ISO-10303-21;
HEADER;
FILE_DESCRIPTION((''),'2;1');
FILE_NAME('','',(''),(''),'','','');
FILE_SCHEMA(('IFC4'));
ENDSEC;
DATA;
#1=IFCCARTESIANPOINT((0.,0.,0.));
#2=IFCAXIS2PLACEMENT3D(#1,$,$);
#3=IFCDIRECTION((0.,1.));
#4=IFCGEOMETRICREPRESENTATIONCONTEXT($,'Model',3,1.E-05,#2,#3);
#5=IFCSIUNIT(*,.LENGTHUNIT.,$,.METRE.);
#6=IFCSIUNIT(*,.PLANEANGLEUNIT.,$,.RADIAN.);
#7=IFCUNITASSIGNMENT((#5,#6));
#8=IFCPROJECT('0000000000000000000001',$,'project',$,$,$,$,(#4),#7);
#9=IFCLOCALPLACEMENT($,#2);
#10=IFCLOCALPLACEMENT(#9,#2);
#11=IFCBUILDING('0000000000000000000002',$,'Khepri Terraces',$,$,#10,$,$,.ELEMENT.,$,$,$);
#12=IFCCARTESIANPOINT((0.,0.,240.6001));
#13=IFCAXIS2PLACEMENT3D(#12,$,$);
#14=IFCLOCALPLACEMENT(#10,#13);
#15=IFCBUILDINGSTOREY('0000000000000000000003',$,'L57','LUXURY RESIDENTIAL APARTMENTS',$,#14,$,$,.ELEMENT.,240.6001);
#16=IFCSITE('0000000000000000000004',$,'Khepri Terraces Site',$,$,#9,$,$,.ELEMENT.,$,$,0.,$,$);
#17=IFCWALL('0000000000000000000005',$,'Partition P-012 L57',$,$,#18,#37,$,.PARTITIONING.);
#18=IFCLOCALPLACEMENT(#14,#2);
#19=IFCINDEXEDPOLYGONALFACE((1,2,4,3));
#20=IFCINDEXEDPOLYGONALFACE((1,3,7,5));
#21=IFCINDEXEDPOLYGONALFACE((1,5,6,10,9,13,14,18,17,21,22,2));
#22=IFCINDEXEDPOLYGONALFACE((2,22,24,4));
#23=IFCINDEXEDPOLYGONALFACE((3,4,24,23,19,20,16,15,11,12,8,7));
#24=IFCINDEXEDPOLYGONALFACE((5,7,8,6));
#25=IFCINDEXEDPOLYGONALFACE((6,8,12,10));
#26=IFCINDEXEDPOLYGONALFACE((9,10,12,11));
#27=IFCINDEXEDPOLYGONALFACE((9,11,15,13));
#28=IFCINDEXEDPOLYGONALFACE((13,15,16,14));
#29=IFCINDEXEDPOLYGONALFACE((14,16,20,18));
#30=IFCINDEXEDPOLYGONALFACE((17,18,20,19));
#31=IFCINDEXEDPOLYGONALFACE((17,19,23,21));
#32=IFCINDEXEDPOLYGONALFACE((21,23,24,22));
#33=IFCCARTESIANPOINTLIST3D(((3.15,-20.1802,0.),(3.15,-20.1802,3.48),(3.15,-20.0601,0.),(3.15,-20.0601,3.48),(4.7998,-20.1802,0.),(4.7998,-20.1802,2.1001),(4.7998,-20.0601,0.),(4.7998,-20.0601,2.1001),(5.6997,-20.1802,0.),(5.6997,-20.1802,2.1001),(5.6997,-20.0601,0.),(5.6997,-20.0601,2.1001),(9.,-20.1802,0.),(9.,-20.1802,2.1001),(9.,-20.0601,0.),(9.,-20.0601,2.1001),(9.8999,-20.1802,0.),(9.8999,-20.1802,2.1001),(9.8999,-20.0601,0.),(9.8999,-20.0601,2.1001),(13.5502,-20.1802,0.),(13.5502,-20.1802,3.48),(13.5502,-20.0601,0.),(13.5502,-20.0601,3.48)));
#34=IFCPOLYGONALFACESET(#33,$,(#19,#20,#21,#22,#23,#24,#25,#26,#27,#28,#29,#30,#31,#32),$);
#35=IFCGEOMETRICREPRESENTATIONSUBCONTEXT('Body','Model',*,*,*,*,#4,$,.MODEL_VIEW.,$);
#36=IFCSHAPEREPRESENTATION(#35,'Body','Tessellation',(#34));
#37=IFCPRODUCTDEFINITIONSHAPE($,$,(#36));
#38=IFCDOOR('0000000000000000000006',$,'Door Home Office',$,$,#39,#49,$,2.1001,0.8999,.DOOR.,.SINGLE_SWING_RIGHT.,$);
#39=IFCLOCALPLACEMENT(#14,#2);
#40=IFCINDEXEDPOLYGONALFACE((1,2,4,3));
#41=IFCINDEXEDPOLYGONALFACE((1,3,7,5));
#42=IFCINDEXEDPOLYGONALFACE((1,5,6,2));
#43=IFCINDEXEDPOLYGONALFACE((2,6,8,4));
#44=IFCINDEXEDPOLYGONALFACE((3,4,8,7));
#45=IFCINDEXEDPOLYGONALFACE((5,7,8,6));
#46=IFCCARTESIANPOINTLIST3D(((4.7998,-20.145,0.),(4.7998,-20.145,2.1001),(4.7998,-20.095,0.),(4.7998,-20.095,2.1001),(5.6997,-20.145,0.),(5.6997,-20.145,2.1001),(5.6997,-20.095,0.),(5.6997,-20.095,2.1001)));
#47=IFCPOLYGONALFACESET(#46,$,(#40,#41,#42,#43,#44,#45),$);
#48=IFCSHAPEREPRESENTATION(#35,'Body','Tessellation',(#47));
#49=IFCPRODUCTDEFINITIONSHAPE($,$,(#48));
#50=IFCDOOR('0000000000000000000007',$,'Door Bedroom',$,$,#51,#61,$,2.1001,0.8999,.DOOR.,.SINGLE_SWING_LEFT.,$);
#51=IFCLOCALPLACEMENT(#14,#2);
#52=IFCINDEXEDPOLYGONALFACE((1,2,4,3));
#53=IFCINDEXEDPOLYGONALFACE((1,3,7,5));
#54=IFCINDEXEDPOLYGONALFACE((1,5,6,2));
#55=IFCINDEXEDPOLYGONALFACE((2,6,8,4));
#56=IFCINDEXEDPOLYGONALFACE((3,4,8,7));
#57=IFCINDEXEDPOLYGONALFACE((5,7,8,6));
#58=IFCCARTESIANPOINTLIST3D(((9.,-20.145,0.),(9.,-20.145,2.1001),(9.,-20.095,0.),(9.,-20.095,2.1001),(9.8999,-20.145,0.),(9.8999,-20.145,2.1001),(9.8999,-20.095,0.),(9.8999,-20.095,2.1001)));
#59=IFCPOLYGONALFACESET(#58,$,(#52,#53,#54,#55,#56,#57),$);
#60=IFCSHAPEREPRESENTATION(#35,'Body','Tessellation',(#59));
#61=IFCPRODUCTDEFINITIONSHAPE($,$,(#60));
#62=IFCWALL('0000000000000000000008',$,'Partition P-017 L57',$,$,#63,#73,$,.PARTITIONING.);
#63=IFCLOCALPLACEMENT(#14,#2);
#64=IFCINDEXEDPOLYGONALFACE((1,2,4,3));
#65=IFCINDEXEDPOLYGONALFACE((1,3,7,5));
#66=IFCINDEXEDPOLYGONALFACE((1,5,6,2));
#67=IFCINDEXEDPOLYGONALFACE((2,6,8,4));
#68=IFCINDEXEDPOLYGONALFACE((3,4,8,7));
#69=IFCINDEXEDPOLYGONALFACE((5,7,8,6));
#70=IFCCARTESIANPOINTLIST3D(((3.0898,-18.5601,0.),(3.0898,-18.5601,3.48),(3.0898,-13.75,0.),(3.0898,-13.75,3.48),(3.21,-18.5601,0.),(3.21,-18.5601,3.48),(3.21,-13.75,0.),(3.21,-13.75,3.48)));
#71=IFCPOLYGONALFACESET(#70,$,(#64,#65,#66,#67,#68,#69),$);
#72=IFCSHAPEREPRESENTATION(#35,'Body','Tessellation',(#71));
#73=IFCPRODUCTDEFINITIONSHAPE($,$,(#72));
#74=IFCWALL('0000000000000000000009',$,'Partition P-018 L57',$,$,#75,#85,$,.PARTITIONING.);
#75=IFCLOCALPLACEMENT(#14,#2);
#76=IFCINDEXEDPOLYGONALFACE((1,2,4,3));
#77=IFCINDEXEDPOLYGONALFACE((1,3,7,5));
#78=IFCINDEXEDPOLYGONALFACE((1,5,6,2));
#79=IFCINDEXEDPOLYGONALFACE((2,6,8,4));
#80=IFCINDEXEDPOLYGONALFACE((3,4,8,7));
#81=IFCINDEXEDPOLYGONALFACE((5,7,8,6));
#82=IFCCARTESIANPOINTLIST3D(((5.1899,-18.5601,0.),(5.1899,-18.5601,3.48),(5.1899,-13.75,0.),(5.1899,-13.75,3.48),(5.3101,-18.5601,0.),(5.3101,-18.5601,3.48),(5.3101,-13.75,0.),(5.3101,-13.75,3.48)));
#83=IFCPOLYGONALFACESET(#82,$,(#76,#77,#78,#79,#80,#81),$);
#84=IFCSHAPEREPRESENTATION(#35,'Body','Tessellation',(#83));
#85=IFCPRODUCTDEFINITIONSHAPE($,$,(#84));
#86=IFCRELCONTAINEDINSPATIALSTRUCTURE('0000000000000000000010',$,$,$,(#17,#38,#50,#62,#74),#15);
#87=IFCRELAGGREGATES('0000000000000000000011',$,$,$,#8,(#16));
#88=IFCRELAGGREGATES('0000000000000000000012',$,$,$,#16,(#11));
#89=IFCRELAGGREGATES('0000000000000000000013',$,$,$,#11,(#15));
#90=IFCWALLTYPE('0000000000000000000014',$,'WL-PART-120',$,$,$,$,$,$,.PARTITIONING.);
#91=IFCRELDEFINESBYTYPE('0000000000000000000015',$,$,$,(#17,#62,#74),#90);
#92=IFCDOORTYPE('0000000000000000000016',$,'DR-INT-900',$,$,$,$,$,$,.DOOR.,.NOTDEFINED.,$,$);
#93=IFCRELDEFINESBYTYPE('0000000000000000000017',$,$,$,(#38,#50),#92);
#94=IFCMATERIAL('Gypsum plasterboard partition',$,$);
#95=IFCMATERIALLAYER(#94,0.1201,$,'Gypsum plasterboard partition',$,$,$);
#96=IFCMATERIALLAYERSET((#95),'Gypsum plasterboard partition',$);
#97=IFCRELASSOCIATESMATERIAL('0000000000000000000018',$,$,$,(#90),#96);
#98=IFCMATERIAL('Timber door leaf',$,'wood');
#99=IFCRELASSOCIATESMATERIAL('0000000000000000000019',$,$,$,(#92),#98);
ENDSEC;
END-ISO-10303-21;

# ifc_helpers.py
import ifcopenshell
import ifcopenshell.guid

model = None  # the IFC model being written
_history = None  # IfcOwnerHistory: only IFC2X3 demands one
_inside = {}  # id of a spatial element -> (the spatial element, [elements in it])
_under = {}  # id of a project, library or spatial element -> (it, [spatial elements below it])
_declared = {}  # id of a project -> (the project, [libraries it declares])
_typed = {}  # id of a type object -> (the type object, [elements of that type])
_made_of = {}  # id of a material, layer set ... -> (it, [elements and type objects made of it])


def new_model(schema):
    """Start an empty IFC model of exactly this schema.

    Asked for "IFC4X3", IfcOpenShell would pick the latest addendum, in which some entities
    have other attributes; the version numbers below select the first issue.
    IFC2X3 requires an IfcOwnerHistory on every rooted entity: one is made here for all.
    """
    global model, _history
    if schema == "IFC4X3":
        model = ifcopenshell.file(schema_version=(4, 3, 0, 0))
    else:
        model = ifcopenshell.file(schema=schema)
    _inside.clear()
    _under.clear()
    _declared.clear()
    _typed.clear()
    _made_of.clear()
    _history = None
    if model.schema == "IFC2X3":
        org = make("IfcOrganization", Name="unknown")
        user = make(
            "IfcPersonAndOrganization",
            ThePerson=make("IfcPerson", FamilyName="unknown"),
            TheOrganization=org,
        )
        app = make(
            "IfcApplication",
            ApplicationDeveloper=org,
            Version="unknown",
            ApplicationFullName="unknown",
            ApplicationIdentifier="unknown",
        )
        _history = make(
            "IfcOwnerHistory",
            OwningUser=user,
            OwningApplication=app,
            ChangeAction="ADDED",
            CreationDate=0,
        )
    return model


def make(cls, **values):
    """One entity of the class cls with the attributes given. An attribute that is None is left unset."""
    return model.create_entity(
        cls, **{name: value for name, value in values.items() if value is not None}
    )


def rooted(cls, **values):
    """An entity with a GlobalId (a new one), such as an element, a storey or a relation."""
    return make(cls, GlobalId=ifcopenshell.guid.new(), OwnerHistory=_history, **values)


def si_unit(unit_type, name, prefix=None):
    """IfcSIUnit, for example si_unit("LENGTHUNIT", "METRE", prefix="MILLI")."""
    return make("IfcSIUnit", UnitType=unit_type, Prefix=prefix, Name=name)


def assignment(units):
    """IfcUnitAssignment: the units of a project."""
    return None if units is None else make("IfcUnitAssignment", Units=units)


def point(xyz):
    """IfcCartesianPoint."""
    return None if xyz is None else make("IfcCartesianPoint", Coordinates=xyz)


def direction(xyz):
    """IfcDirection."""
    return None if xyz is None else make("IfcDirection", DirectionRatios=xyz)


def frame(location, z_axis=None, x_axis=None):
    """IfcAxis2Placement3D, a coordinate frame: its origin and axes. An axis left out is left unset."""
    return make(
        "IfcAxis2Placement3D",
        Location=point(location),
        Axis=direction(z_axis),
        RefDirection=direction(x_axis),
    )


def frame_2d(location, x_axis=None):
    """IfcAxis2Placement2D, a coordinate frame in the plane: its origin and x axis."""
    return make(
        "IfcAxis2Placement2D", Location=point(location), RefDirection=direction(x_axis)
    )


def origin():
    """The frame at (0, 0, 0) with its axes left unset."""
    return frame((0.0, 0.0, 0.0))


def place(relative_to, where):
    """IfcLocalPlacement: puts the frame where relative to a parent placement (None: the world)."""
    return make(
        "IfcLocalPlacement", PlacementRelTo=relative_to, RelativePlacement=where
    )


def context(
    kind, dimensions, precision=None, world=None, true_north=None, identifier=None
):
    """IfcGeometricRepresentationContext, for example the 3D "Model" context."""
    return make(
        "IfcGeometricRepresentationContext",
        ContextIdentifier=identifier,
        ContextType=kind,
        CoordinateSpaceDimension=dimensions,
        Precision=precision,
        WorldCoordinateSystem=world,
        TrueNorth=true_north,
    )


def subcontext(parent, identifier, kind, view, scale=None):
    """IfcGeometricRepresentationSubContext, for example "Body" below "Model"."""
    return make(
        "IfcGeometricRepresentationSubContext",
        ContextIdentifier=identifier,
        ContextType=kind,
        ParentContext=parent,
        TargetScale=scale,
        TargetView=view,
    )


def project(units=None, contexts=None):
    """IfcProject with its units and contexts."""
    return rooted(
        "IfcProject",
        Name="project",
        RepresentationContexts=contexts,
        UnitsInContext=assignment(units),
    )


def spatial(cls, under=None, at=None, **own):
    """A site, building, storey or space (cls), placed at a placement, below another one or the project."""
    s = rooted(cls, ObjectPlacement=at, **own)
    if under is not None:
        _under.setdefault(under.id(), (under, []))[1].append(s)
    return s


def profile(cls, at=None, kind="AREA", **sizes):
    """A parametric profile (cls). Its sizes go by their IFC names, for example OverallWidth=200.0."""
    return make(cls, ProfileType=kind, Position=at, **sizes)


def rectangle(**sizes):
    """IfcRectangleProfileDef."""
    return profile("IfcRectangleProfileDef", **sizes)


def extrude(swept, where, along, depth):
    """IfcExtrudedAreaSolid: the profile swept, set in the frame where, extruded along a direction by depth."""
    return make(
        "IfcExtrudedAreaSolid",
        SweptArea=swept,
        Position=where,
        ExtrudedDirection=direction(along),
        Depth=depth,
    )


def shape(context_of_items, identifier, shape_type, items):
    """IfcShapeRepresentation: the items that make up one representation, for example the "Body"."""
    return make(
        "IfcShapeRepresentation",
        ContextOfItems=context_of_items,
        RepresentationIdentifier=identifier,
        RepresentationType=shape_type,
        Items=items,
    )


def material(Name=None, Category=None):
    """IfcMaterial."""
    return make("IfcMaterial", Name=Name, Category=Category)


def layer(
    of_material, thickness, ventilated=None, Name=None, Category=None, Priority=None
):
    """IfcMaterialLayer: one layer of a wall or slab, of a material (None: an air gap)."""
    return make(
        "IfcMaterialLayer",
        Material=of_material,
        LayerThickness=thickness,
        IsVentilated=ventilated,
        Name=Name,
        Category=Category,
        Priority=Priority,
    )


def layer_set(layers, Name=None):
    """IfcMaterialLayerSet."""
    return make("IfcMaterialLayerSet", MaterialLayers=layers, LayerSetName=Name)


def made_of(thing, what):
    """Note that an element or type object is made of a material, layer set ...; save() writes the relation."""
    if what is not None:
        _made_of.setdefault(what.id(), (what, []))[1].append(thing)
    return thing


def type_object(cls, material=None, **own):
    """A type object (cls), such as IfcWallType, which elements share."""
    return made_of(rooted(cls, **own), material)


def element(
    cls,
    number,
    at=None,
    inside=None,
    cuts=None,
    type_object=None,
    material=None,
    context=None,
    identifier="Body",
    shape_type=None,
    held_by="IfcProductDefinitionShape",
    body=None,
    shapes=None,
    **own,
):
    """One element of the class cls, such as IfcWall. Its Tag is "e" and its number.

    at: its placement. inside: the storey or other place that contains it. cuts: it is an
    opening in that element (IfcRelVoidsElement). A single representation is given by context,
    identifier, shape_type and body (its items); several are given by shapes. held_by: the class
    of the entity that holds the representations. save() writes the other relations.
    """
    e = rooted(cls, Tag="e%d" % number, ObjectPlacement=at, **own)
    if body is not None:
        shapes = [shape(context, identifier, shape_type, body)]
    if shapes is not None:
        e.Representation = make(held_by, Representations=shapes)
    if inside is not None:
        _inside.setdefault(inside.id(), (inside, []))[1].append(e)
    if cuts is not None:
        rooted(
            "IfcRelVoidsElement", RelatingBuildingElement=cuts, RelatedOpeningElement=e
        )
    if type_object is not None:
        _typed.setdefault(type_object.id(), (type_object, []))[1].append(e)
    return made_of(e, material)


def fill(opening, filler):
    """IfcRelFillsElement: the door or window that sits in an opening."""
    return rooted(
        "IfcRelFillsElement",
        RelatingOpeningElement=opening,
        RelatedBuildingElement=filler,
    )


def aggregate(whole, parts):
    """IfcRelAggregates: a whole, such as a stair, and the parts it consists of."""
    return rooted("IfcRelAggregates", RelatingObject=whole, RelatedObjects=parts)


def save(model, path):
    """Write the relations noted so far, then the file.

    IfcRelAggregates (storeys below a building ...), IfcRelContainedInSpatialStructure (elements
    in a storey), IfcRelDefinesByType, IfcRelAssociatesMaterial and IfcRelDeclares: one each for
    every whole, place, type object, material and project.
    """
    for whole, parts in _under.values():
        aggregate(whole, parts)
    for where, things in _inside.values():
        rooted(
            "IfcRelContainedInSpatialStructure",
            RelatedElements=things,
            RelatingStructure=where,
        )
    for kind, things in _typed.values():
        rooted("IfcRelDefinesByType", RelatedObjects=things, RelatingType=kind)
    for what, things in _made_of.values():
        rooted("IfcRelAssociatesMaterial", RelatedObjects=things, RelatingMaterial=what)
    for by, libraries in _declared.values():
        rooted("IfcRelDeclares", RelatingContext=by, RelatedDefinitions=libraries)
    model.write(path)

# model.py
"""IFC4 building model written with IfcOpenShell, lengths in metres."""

from ifc_helpers import new_model, si_unit, direction, frame, frame_2d, origin, place, context, subcontext, project, spatial, rectangle, extrude, material, layer, layer_set, type_object, element, fill, save


model = new_model("IFC4")

# Units and contexts
model_context = context("Model", 3, precision=1e-05, world=origin(), true_north=direction((0.0, 1.0)))
body_context = subcontext(model_context, "Body", "Model", "MODEL_VIEW")
ifc_project = project(units=[si_unit("LENGTHUNIT", "METRE"), si_unit("PLANEANGLEUNIT", "RADIAN")], contexts=[model_context])

# Site, building, storey
site_placement = place(None, origin())
site = spatial("IfcSite", under=ifc_project, at=site_placement, Name="Khepri Terraces Site", CompositionType="ELEMENT", RefElevation=0.0)
building_placement = place(site_placement, origin())
building = spatial("IfcBuilding", under=site, at=building_placement, Name="Khepri Terraces", CompositionType="ELEMENT")
storey_placement = place(building_placement, frame((0.0, 0.0, 240.6001)))
storey = spatial("IfcBuildingStorey", under=building, at=storey_placement, Name="L57", Description="LUXURY RESIDENTIAL APARTMENTS", CompositionType="ELEMENT", Elevation=240.6001)

# Shared definitions
ifc_material_1 = material(Name="Gypsum plasterboard partition")
ifc_layer_1 = layer(ifc_material_1, 0.1201, Name="Gypsum plasterboard partition")
ifc_layer_set_1 = layer_set([ifc_layer_1], Name="Gypsum plasterboard partition")
wall_type_1 = type_object("IfcWallType", Name="WL-PART-120", PredefinedType="PARTITIONING", material=ifc_layer_set_1)

# Wall, openings, doors
wall_1_placement = place(storey_placement, frame((3.1499, -20.1201, 0.0), z_axis=(0.0, 0.0, 1.0), x_axis=(1.0, 0.0, 0.0)))
wall_1 = element("IfcWall", 1, at=wall_1_placement, inside=storey, type_object=wall_type_1, Name="Partition P-012 L57", PredefinedType="PARTITIONING", context=body_context, shape_type="SweptSolid", body=[
    extrude(rectangle(XDim=10.4001, YDim=0.1201, at=frame_2d((5.2002, 0.0))), origin(), (0.0, 0.0, 1.0), 3.48),
])
opening_1_placement = place(wall_1_placement, frame((1.6499, 0.0, 0.0)))
opening_1 = element("IfcOpeningElement", 2, at=opening_1_placement, cuts=wall_1, PredefinedType="OPENING", context=body_context, shape_type="SweptSolid", body=[
    extrude(rectangle(XDim=0.8999, YDim=2.1001, at=frame_2d((0.45, 1.05))), frame((0.0, 0.0701, 0.0), z_axis=(0.0, -1.0, 0.0), x_axis=(1.0, 0.0, 0.0)), (0.0, 0.0, 1.0), 0.1401),
])
opening_2_placement = place(wall_1_placement, frame((5.8501, 0.0, 0.0)))
opening_2 = element("IfcOpeningElement", 3, at=opening_2_placement, cuts=wall_1, PredefinedType="OPENING", context=body_context, shape_type="SweptSolid", body=[
    extrude(rectangle(XDim=0.8999, YDim=2.1001, at=frame_2d((0.45, 1.05))), frame((0.0, 0.0701, 0.0), z_axis=(0.0, -1.0, 0.0), x_axis=(1.0, 0.0, 0.0)), (0.0, 0.0, 1.0), 0.1401),
])
ifc_material_2 = material(Name="Timber door leaf", Category="wood")
door_type_1 = type_object("IfcDoorType", Name="DR-INT-900", OperationType="NOTDEFINED", PredefinedType="DOOR", material=ifc_material_2)
door_1_placement = place(opening_1_placement, frame((0.8999, 0.0, 0.0), z_axis=(0.0, 0.0, 1.0), x_axis=(-1.0, 0.0, 0.0)))
door_1 = element("IfcDoor", 4, at=door_1_placement, inside=storey, type_object=door_type_1, Name="Door Home Office", OperationType="SINGLE_SWING_RIGHT", OverallHeight=2.1001, OverallWidth=0.8999, PredefinedType="DOOR", context=body_context, shape_type="SweptSolid", body=[
    extrude(rectangle(XDim=0.8999, YDim=2.1001, at=frame_2d((0.45, 1.05))), frame((0.0, 0.0249, 0.0), z_axis=(0.0, -1.0, 0.0), x_axis=(1.0, 0.0, 0.0)), (0.0, 0.0, 1.0), 0.05),
])
fill(opening_1, door_1)
door_2_placement = place(opening_2_placement, frame((0.8999, 0.0, 0.0), z_axis=(0.0, 0.0, 1.0), x_axis=(-1.0, 0.0, 0.0)))
door_2 = element("IfcDoor", 5, at=door_2_placement, inside=storey, type_object=door_type_1, Name="Door Bedroom", OperationType="SINGLE_SWING_LEFT", OverallHeight=2.1001, OverallWidth=0.8999, PredefinedType="DOOR", context=body_context, shape_type="SweptSolid", body=[
    extrude(rectangle(XDim=0.8999, YDim=2.1001, at=frame_2d((0.45, 1.05))), frame((0.0, 0.0249, 0.0), z_axis=(0.0, -1.0, 0.0), x_axis=(1.0, 0.0, 0.0)), (0.0, 0.0, 1.0), 0.05),
])
fill(opening_2, door_2)

# Walls
for number, where, z_axis, x_axis, name in (
    (6, (3.1499, -18.5601, 0.0), (0.0, 0.0, 1.0), (0.0, 1.0, 0.0), "Partition P-017 L57"),
    (7, (5.25, -18.5601, 0.0), (0.0, 0.0, 1.0), (0.0, 1.0, 0.0), "Partition P-018 L57"),
):
    element("IfcWall", number, at=place(storey_placement, frame(where, z_axis=z_axis, x_axis=x_axis)), inside=storey, type_object=wall_type_1, Name=name, PredefinedType="PARTITIONING", context=body_context, shape_type="SweptSolid", body=[
        extrude(rectangle(XDim=4.8101, YDim=0.1201, at=frame_2d((2.405, 0.0))), origin(), (0.0, 0.0, 1.0), 3.48),
    ])

save(model, "model.ifc")
